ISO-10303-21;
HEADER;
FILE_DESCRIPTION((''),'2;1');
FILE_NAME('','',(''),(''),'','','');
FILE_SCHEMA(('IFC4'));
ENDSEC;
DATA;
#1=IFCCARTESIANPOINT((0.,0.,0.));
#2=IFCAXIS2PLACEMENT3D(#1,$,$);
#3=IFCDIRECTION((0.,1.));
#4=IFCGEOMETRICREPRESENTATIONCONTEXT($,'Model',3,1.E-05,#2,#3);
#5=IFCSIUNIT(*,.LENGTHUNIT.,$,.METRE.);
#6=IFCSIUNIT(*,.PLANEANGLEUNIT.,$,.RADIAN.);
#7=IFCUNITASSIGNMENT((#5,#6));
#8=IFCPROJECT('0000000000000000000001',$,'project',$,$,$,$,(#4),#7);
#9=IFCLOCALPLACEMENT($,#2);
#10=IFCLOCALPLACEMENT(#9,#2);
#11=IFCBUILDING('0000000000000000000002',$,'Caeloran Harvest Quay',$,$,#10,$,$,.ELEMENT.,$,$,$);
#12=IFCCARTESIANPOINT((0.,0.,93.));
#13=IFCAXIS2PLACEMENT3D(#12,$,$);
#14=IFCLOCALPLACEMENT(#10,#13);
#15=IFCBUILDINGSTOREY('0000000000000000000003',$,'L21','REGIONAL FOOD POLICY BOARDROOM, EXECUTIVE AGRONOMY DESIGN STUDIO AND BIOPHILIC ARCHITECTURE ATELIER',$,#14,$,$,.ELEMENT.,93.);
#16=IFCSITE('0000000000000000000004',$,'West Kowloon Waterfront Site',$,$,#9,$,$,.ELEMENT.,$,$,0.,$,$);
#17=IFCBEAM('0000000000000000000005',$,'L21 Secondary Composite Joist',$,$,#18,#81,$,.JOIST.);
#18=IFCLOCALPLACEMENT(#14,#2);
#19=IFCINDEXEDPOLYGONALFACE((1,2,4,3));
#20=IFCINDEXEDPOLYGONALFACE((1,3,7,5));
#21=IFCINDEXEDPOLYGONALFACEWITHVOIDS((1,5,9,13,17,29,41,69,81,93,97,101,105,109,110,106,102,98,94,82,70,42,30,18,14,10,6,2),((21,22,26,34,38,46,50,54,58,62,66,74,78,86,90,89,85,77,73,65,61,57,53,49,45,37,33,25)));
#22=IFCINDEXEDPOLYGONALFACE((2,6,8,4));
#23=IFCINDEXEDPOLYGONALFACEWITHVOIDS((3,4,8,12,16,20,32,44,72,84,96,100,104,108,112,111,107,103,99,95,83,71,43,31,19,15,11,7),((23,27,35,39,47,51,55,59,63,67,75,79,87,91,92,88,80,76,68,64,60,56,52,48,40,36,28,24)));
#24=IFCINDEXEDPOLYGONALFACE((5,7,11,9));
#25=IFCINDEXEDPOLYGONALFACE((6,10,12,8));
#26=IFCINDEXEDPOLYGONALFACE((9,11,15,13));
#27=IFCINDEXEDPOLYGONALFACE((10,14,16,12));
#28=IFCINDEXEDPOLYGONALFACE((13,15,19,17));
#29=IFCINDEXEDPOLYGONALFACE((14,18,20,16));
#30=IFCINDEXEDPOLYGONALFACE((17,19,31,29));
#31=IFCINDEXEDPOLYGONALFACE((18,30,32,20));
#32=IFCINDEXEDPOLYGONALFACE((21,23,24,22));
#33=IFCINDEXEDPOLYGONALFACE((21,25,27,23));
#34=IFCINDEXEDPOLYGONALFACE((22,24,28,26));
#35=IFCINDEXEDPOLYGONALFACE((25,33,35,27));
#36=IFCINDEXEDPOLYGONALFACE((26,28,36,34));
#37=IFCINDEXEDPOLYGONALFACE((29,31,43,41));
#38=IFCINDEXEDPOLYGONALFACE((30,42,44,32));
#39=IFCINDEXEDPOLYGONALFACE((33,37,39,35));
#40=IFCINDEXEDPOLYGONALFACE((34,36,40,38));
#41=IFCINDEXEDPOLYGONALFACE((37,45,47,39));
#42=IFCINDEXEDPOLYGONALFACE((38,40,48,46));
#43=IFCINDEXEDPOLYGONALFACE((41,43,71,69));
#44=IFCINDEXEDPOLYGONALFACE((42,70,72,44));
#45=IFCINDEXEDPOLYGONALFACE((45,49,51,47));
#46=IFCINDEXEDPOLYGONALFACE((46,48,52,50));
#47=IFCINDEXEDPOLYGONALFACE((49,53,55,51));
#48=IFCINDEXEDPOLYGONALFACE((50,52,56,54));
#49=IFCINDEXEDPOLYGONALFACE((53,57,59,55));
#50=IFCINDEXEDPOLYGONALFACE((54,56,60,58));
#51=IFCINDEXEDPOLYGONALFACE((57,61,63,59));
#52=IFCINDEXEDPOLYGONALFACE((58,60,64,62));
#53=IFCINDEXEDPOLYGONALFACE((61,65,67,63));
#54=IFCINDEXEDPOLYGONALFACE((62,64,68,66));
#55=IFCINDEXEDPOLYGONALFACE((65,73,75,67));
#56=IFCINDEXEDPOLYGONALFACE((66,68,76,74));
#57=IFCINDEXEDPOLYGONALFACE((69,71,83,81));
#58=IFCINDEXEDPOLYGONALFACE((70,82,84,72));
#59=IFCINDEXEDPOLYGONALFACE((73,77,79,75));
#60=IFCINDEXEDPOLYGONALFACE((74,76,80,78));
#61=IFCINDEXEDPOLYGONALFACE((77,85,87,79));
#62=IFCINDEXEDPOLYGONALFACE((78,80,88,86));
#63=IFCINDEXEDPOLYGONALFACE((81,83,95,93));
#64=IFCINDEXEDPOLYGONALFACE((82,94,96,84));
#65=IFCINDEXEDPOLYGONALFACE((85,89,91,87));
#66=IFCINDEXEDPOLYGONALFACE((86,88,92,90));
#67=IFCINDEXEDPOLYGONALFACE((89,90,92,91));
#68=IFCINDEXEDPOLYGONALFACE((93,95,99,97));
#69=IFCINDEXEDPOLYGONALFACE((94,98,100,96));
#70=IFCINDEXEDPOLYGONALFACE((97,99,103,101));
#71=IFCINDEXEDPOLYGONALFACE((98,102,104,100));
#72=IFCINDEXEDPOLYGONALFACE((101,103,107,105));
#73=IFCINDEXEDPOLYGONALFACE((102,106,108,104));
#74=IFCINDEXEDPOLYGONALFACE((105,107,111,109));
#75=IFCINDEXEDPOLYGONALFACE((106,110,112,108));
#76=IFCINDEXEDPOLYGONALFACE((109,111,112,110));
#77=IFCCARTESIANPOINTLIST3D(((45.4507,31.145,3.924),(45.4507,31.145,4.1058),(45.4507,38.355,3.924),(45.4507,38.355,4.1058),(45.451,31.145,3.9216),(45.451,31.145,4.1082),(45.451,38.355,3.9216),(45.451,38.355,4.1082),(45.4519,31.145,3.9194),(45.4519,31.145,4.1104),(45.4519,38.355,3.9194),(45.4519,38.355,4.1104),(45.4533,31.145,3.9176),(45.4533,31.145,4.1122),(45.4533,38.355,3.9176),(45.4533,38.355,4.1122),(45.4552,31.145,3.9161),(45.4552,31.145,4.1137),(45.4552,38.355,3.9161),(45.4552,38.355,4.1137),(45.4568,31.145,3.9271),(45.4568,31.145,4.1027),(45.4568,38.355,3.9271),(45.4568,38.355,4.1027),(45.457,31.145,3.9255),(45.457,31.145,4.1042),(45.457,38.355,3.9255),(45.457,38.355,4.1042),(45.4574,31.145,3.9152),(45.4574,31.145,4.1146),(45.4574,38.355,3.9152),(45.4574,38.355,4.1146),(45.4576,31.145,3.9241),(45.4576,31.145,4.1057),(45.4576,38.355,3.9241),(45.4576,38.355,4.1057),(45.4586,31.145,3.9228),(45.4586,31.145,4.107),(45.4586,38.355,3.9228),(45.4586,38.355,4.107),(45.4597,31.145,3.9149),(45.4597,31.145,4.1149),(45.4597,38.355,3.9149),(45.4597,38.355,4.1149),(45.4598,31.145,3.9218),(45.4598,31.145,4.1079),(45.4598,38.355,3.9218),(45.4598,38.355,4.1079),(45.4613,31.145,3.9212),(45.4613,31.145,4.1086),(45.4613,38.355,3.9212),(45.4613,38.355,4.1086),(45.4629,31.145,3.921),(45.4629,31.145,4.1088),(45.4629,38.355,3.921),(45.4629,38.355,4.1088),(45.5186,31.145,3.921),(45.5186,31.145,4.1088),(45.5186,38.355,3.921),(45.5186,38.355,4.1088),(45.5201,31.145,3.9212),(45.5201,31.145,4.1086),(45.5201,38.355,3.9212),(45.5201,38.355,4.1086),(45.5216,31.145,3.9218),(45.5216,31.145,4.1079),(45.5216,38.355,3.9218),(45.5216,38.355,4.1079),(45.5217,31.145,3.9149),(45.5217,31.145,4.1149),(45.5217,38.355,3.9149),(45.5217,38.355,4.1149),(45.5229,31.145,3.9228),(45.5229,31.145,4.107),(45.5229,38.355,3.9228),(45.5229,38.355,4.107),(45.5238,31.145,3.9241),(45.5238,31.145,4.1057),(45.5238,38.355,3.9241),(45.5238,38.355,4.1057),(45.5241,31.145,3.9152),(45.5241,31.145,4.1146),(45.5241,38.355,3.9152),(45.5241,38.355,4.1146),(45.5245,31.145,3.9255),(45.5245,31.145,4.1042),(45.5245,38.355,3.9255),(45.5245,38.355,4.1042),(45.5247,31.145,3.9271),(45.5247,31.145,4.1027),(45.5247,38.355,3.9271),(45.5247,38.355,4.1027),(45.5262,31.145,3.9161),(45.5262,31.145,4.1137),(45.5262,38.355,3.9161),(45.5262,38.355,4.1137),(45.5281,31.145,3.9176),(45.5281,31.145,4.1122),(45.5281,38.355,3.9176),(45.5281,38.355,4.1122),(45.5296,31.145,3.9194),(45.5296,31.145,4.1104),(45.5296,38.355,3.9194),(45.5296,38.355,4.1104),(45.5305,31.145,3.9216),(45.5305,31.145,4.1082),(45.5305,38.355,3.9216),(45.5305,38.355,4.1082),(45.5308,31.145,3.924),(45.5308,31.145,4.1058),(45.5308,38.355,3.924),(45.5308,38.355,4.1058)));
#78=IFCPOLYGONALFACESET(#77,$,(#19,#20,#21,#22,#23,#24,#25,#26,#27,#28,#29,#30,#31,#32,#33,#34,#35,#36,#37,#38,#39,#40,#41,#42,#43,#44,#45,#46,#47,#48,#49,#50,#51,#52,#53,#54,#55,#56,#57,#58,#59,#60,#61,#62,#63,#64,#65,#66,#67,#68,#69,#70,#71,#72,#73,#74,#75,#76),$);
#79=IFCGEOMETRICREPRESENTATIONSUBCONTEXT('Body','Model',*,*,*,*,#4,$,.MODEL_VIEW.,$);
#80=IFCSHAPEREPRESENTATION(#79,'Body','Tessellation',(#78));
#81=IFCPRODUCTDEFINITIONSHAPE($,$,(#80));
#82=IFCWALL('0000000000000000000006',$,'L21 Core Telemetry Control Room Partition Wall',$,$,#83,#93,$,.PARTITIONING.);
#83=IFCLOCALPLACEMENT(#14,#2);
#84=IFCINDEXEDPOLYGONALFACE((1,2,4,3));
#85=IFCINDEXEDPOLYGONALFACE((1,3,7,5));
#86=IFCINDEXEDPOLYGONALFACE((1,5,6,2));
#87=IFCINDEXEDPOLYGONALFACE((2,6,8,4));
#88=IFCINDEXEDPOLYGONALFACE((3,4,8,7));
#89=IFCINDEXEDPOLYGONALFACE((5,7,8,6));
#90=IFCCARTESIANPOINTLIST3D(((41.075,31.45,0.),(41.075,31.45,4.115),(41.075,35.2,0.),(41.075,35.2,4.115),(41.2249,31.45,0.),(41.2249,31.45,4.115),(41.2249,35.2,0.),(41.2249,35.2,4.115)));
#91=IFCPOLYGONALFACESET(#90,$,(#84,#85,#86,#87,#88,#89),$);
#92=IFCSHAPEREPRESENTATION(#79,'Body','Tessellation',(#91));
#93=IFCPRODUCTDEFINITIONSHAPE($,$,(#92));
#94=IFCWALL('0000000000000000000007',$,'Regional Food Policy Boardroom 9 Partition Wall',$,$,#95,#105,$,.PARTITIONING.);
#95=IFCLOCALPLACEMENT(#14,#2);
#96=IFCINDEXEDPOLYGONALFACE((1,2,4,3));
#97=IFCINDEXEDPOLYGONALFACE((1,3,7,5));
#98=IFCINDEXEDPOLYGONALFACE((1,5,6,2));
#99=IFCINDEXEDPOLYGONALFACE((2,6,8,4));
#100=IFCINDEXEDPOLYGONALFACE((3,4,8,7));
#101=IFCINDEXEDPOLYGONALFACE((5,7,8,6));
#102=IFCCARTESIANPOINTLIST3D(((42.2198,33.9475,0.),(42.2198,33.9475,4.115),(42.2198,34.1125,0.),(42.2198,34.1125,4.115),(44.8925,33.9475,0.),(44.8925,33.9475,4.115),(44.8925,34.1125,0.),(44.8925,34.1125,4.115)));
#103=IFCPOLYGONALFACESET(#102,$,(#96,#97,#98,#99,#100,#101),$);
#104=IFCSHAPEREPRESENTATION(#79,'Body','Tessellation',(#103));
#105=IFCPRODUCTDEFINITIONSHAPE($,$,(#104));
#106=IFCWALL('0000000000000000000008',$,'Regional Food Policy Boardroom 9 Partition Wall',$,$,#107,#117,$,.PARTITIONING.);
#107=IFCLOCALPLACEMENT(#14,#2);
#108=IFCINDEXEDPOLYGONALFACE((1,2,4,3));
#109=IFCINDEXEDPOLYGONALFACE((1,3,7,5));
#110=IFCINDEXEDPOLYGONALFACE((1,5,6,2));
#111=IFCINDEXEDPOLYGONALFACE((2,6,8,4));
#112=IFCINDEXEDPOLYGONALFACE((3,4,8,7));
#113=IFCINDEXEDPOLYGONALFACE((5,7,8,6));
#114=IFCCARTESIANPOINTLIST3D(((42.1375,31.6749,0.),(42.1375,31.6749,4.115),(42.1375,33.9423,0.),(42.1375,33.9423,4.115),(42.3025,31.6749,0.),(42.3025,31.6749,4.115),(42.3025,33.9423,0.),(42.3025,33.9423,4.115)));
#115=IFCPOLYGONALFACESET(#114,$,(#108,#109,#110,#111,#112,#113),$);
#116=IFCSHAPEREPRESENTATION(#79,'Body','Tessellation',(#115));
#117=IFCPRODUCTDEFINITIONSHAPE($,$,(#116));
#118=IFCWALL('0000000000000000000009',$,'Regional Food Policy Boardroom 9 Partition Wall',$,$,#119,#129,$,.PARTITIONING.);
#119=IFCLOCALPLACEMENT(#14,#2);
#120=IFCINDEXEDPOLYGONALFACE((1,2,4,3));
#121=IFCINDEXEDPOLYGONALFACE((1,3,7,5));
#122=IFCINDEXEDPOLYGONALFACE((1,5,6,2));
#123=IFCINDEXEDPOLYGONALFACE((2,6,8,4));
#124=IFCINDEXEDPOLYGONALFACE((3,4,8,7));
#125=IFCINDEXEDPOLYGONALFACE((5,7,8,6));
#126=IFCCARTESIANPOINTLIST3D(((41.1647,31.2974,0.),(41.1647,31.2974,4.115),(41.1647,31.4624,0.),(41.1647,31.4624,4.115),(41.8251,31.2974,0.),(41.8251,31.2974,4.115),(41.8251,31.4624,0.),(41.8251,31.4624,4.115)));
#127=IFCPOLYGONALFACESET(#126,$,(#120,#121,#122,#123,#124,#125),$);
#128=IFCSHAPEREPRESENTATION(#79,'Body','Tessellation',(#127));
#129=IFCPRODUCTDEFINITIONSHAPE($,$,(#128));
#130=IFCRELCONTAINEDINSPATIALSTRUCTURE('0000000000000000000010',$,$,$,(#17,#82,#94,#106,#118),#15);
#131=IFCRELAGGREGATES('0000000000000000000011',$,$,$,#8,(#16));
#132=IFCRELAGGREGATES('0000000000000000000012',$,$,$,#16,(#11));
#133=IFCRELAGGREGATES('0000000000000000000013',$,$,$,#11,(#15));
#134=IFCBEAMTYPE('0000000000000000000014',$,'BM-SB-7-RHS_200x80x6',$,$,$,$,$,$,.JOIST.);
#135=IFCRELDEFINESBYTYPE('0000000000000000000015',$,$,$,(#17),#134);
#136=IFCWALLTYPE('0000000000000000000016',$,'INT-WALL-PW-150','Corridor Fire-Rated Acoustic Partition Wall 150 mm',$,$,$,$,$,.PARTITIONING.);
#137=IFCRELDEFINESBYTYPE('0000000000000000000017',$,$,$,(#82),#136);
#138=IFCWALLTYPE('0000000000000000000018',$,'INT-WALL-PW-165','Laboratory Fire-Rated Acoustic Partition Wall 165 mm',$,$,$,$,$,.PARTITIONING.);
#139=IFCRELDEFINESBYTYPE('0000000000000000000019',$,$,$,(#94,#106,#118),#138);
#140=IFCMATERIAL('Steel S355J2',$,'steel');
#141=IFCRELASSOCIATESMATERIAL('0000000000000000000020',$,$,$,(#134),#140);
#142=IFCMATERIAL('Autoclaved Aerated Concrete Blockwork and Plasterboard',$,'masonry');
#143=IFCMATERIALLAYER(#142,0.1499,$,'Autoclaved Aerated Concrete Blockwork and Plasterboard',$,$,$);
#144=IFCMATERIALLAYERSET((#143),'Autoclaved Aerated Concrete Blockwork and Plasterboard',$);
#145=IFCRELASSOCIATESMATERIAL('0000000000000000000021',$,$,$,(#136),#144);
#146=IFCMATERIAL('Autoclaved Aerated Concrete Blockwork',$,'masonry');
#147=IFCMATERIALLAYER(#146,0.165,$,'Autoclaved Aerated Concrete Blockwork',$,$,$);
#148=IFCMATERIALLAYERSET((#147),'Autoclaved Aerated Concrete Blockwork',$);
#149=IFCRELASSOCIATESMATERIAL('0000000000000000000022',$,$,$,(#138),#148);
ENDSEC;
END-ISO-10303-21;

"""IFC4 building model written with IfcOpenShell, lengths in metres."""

from ifc_helpers import new_model, si_unit, direction, frame, frame_2d, origin, origin_2d, place, context, subcontext, project, spatial, rectangle, hollow_rectangle, extrude, material, layer, layer_set, material_profile, profile_set, type_object, element, save


model = new_model("IFC4")

# Units and contexts
model_context = context("Model", 3, precision=1e-05, world=origin(), true_north=direction((0.0, 1.0)))
body_context = subcontext(model_context, "Body", "Model", "MODEL_VIEW")
ifc_project = project(units=[si_unit("LENGTHUNIT", "METRE"), si_unit("PLANEANGLEUNIT", "RADIAN")], contexts=[model_context])

# Site, building, storey
site_placement = place(None, origin())
site = spatial("IfcSite", under=ifc_project, at=site_placement, Name="West Kowloon Waterfront Site", CompositionType="ELEMENT", RefElevation=0.0)
building_placement = place(site_placement, origin())
building = spatial("IfcBuilding", under=site, at=building_placement, Name="Caeloran Harvest Quay", CompositionType="ELEMENT")
storey_placement = place(building_placement, frame((0.0, 0.0, 93.0)))
storey = spatial("IfcBuildingStorey", under=building, at=storey_placement, Name="L21", Description="REGIONAL FOOD POLICY BOARDROOM, EXECUTIVE AGRONOMY DESIGN STUDIO AND BIOPHILIC ARCHITECTURE ATELIER", CompositionType="ELEMENT", Elevation=93.0)

# Beam
ifc_material_1 = material(Name="Steel S355J2", Category="steel")
ifc_material_profile_1 = material_profile(ifc_material_1, hollow_rectangle(XDim=0.0801, YDim=0.2, WallThickness=0.0061, InnerFilletRadius=0.0061, OuterFilletRadius=0.009, at=origin_2d()), Name="RHS 200x80x6")
ifc_profile_set_1 = profile_set([ifc_material_profile_1], Name="Steel S355J2")
beam_type_1 = type_object("IfcBeamType", Name="BM-SB-7-RHS_200x80x6", PredefinedType="JOIST", material=ifc_profile_set_1)
for number, where, z_axis, x_axis, name in (
    (1, (45.4907, 31.145, 4.0149), (0.0, 1.0, 0.0), (-1.0, 0.0, 0.0), "L21 Secondary Composite Joist"),
):
    element("IfcBeam", number, at=place(storey_placement, frame(where, z_axis=z_axis, x_axis=x_axis)), inside=storey, type_object=beam_type_1, Name=name, PredefinedType="JOIST", context=body_context, shape_type="SweptSolid", body=[
        extrude(hollow_rectangle(XDim=0.0801, YDim=0.2, WallThickness=0.0061, InnerFilletRadius=0.0061, OuterFilletRadius=0.009, at=origin_2d()), origin(), (0.0, 0.0, 1.0), 7.21),
    ])

# Walls
ifc_material_2 = material(Name="Autoclaved Aerated Concrete Blockwork and Plasterboard", Category="masonry")
ifc_layer_1 = layer(ifc_material_2, 0.1499, Name="Autoclaved Aerated Concrete Blockwork and Plasterboard")
ifc_layer_set_1 = layer_set([ifc_layer_1], Name="Autoclaved Aerated Concrete Blockwork and Plasterboard")
wall_type_1 = type_object("IfcWallType", Name="INT-WALL-PW-150", Description="Corridor Fire-Rated Acoustic Partition Wall 150 mm", PredefinedType="PARTITIONING", material=ifc_layer_set_1)
wall_1_placement = place(storey_placement, frame((41.1499, 35.2, 0.0), z_axis=(0.0, 0.0, 1.0), x_axis=(0.0, -1.0, 0.0)))
element("IfcWall", 2, at=wall_1_placement, inside=storey, type_object=wall_type_1, Name="L21 Core Telemetry Control Room Partition Wall", PredefinedType="PARTITIONING", context=body_context, shape_type="SweptSolid", body=[
    extrude(rectangle(XDim=3.75, YDim=0.1499, at=frame_2d((1.875, 0.0))), origin(), (0.0, 0.0, 1.0), 4.115),
])
ifc_material_3 = material(Name="Autoclaved Aerated Concrete Blockwork", Category="masonry")
ifc_layer_2 = layer(ifc_material_3, 0.165, Name="Autoclaved Aerated Concrete Blockwork")
ifc_layer_set_2 = layer_set([ifc_layer_2], Name="Autoclaved Aerated Concrete Blockwork")
wall_type_2 = type_object("IfcWallType", Name="INT-WALL-PW-165", Description="Laboratory Fire-Rated Acoustic Partition Wall 165 mm", PredefinedType="PARTITIONING", material=ifc_layer_set_2)
wall_2_placement = place(storey_placement, frame((44.8926, 34.03, 0.0), z_axis=(0.0, 0.0, 1.0), x_axis=(-1.0, 0.0, 0.0)))
element("IfcWall", 3, at=wall_2_placement, inside=storey, type_object=wall_type_2, Name="Regional Food Policy Boardroom 9 Partition Wall", PredefinedType="PARTITIONING", context=body_context, shape_type="SweptSolid", body=[
    extrude(rectangle(XDim=2.6726, YDim=0.165, at=frame_2d((1.3364, 0.0))), origin(), (0.0, 0.0, 1.0), 4.115),
])
wall_3_placement = place(storey_placement, frame((42.22, 33.9424, 0.0), z_axis=(0.0, 0.0, 1.0), x_axis=(0.0, -1.0, 0.0)))
element("IfcWall", 4, at=wall_3_placement, inside=storey, type_object=wall_type_2, Name="Regional Food Policy Boardroom 9 Partition Wall", PredefinedType="PARTITIONING", context=body_context, shape_type="SweptSolid", body=[
    extrude(rectangle(XDim=2.2673, YDim=0.165, at=frame_2d((1.1338, 0.0))), origin(), (0.0, 0.0, 1.0), 4.115),
])
wall_4_placement = place(storey_placement, frame((41.825, 31.3799, 0.0), z_axis=(0.0, 0.0, 1.0), x_axis=(-1.0, 0.0, 0.0)))
element("IfcWall", 5, at=wall_4_placement, inside=storey, type_object=wall_type_2, Name="Regional Food Policy Boardroom 9 Partition Wall", PredefinedType="PARTITIONING", context=body_context, shape_type="SweptSolid", body=[
    extrude(rectangle(XDim=0.6604, YDim=0.165, at=frame_2d((0.3301, 0.0))), origin(), (0.0, 0.0, 1.0), 4.115),
])

save(model, "model.ifc")
